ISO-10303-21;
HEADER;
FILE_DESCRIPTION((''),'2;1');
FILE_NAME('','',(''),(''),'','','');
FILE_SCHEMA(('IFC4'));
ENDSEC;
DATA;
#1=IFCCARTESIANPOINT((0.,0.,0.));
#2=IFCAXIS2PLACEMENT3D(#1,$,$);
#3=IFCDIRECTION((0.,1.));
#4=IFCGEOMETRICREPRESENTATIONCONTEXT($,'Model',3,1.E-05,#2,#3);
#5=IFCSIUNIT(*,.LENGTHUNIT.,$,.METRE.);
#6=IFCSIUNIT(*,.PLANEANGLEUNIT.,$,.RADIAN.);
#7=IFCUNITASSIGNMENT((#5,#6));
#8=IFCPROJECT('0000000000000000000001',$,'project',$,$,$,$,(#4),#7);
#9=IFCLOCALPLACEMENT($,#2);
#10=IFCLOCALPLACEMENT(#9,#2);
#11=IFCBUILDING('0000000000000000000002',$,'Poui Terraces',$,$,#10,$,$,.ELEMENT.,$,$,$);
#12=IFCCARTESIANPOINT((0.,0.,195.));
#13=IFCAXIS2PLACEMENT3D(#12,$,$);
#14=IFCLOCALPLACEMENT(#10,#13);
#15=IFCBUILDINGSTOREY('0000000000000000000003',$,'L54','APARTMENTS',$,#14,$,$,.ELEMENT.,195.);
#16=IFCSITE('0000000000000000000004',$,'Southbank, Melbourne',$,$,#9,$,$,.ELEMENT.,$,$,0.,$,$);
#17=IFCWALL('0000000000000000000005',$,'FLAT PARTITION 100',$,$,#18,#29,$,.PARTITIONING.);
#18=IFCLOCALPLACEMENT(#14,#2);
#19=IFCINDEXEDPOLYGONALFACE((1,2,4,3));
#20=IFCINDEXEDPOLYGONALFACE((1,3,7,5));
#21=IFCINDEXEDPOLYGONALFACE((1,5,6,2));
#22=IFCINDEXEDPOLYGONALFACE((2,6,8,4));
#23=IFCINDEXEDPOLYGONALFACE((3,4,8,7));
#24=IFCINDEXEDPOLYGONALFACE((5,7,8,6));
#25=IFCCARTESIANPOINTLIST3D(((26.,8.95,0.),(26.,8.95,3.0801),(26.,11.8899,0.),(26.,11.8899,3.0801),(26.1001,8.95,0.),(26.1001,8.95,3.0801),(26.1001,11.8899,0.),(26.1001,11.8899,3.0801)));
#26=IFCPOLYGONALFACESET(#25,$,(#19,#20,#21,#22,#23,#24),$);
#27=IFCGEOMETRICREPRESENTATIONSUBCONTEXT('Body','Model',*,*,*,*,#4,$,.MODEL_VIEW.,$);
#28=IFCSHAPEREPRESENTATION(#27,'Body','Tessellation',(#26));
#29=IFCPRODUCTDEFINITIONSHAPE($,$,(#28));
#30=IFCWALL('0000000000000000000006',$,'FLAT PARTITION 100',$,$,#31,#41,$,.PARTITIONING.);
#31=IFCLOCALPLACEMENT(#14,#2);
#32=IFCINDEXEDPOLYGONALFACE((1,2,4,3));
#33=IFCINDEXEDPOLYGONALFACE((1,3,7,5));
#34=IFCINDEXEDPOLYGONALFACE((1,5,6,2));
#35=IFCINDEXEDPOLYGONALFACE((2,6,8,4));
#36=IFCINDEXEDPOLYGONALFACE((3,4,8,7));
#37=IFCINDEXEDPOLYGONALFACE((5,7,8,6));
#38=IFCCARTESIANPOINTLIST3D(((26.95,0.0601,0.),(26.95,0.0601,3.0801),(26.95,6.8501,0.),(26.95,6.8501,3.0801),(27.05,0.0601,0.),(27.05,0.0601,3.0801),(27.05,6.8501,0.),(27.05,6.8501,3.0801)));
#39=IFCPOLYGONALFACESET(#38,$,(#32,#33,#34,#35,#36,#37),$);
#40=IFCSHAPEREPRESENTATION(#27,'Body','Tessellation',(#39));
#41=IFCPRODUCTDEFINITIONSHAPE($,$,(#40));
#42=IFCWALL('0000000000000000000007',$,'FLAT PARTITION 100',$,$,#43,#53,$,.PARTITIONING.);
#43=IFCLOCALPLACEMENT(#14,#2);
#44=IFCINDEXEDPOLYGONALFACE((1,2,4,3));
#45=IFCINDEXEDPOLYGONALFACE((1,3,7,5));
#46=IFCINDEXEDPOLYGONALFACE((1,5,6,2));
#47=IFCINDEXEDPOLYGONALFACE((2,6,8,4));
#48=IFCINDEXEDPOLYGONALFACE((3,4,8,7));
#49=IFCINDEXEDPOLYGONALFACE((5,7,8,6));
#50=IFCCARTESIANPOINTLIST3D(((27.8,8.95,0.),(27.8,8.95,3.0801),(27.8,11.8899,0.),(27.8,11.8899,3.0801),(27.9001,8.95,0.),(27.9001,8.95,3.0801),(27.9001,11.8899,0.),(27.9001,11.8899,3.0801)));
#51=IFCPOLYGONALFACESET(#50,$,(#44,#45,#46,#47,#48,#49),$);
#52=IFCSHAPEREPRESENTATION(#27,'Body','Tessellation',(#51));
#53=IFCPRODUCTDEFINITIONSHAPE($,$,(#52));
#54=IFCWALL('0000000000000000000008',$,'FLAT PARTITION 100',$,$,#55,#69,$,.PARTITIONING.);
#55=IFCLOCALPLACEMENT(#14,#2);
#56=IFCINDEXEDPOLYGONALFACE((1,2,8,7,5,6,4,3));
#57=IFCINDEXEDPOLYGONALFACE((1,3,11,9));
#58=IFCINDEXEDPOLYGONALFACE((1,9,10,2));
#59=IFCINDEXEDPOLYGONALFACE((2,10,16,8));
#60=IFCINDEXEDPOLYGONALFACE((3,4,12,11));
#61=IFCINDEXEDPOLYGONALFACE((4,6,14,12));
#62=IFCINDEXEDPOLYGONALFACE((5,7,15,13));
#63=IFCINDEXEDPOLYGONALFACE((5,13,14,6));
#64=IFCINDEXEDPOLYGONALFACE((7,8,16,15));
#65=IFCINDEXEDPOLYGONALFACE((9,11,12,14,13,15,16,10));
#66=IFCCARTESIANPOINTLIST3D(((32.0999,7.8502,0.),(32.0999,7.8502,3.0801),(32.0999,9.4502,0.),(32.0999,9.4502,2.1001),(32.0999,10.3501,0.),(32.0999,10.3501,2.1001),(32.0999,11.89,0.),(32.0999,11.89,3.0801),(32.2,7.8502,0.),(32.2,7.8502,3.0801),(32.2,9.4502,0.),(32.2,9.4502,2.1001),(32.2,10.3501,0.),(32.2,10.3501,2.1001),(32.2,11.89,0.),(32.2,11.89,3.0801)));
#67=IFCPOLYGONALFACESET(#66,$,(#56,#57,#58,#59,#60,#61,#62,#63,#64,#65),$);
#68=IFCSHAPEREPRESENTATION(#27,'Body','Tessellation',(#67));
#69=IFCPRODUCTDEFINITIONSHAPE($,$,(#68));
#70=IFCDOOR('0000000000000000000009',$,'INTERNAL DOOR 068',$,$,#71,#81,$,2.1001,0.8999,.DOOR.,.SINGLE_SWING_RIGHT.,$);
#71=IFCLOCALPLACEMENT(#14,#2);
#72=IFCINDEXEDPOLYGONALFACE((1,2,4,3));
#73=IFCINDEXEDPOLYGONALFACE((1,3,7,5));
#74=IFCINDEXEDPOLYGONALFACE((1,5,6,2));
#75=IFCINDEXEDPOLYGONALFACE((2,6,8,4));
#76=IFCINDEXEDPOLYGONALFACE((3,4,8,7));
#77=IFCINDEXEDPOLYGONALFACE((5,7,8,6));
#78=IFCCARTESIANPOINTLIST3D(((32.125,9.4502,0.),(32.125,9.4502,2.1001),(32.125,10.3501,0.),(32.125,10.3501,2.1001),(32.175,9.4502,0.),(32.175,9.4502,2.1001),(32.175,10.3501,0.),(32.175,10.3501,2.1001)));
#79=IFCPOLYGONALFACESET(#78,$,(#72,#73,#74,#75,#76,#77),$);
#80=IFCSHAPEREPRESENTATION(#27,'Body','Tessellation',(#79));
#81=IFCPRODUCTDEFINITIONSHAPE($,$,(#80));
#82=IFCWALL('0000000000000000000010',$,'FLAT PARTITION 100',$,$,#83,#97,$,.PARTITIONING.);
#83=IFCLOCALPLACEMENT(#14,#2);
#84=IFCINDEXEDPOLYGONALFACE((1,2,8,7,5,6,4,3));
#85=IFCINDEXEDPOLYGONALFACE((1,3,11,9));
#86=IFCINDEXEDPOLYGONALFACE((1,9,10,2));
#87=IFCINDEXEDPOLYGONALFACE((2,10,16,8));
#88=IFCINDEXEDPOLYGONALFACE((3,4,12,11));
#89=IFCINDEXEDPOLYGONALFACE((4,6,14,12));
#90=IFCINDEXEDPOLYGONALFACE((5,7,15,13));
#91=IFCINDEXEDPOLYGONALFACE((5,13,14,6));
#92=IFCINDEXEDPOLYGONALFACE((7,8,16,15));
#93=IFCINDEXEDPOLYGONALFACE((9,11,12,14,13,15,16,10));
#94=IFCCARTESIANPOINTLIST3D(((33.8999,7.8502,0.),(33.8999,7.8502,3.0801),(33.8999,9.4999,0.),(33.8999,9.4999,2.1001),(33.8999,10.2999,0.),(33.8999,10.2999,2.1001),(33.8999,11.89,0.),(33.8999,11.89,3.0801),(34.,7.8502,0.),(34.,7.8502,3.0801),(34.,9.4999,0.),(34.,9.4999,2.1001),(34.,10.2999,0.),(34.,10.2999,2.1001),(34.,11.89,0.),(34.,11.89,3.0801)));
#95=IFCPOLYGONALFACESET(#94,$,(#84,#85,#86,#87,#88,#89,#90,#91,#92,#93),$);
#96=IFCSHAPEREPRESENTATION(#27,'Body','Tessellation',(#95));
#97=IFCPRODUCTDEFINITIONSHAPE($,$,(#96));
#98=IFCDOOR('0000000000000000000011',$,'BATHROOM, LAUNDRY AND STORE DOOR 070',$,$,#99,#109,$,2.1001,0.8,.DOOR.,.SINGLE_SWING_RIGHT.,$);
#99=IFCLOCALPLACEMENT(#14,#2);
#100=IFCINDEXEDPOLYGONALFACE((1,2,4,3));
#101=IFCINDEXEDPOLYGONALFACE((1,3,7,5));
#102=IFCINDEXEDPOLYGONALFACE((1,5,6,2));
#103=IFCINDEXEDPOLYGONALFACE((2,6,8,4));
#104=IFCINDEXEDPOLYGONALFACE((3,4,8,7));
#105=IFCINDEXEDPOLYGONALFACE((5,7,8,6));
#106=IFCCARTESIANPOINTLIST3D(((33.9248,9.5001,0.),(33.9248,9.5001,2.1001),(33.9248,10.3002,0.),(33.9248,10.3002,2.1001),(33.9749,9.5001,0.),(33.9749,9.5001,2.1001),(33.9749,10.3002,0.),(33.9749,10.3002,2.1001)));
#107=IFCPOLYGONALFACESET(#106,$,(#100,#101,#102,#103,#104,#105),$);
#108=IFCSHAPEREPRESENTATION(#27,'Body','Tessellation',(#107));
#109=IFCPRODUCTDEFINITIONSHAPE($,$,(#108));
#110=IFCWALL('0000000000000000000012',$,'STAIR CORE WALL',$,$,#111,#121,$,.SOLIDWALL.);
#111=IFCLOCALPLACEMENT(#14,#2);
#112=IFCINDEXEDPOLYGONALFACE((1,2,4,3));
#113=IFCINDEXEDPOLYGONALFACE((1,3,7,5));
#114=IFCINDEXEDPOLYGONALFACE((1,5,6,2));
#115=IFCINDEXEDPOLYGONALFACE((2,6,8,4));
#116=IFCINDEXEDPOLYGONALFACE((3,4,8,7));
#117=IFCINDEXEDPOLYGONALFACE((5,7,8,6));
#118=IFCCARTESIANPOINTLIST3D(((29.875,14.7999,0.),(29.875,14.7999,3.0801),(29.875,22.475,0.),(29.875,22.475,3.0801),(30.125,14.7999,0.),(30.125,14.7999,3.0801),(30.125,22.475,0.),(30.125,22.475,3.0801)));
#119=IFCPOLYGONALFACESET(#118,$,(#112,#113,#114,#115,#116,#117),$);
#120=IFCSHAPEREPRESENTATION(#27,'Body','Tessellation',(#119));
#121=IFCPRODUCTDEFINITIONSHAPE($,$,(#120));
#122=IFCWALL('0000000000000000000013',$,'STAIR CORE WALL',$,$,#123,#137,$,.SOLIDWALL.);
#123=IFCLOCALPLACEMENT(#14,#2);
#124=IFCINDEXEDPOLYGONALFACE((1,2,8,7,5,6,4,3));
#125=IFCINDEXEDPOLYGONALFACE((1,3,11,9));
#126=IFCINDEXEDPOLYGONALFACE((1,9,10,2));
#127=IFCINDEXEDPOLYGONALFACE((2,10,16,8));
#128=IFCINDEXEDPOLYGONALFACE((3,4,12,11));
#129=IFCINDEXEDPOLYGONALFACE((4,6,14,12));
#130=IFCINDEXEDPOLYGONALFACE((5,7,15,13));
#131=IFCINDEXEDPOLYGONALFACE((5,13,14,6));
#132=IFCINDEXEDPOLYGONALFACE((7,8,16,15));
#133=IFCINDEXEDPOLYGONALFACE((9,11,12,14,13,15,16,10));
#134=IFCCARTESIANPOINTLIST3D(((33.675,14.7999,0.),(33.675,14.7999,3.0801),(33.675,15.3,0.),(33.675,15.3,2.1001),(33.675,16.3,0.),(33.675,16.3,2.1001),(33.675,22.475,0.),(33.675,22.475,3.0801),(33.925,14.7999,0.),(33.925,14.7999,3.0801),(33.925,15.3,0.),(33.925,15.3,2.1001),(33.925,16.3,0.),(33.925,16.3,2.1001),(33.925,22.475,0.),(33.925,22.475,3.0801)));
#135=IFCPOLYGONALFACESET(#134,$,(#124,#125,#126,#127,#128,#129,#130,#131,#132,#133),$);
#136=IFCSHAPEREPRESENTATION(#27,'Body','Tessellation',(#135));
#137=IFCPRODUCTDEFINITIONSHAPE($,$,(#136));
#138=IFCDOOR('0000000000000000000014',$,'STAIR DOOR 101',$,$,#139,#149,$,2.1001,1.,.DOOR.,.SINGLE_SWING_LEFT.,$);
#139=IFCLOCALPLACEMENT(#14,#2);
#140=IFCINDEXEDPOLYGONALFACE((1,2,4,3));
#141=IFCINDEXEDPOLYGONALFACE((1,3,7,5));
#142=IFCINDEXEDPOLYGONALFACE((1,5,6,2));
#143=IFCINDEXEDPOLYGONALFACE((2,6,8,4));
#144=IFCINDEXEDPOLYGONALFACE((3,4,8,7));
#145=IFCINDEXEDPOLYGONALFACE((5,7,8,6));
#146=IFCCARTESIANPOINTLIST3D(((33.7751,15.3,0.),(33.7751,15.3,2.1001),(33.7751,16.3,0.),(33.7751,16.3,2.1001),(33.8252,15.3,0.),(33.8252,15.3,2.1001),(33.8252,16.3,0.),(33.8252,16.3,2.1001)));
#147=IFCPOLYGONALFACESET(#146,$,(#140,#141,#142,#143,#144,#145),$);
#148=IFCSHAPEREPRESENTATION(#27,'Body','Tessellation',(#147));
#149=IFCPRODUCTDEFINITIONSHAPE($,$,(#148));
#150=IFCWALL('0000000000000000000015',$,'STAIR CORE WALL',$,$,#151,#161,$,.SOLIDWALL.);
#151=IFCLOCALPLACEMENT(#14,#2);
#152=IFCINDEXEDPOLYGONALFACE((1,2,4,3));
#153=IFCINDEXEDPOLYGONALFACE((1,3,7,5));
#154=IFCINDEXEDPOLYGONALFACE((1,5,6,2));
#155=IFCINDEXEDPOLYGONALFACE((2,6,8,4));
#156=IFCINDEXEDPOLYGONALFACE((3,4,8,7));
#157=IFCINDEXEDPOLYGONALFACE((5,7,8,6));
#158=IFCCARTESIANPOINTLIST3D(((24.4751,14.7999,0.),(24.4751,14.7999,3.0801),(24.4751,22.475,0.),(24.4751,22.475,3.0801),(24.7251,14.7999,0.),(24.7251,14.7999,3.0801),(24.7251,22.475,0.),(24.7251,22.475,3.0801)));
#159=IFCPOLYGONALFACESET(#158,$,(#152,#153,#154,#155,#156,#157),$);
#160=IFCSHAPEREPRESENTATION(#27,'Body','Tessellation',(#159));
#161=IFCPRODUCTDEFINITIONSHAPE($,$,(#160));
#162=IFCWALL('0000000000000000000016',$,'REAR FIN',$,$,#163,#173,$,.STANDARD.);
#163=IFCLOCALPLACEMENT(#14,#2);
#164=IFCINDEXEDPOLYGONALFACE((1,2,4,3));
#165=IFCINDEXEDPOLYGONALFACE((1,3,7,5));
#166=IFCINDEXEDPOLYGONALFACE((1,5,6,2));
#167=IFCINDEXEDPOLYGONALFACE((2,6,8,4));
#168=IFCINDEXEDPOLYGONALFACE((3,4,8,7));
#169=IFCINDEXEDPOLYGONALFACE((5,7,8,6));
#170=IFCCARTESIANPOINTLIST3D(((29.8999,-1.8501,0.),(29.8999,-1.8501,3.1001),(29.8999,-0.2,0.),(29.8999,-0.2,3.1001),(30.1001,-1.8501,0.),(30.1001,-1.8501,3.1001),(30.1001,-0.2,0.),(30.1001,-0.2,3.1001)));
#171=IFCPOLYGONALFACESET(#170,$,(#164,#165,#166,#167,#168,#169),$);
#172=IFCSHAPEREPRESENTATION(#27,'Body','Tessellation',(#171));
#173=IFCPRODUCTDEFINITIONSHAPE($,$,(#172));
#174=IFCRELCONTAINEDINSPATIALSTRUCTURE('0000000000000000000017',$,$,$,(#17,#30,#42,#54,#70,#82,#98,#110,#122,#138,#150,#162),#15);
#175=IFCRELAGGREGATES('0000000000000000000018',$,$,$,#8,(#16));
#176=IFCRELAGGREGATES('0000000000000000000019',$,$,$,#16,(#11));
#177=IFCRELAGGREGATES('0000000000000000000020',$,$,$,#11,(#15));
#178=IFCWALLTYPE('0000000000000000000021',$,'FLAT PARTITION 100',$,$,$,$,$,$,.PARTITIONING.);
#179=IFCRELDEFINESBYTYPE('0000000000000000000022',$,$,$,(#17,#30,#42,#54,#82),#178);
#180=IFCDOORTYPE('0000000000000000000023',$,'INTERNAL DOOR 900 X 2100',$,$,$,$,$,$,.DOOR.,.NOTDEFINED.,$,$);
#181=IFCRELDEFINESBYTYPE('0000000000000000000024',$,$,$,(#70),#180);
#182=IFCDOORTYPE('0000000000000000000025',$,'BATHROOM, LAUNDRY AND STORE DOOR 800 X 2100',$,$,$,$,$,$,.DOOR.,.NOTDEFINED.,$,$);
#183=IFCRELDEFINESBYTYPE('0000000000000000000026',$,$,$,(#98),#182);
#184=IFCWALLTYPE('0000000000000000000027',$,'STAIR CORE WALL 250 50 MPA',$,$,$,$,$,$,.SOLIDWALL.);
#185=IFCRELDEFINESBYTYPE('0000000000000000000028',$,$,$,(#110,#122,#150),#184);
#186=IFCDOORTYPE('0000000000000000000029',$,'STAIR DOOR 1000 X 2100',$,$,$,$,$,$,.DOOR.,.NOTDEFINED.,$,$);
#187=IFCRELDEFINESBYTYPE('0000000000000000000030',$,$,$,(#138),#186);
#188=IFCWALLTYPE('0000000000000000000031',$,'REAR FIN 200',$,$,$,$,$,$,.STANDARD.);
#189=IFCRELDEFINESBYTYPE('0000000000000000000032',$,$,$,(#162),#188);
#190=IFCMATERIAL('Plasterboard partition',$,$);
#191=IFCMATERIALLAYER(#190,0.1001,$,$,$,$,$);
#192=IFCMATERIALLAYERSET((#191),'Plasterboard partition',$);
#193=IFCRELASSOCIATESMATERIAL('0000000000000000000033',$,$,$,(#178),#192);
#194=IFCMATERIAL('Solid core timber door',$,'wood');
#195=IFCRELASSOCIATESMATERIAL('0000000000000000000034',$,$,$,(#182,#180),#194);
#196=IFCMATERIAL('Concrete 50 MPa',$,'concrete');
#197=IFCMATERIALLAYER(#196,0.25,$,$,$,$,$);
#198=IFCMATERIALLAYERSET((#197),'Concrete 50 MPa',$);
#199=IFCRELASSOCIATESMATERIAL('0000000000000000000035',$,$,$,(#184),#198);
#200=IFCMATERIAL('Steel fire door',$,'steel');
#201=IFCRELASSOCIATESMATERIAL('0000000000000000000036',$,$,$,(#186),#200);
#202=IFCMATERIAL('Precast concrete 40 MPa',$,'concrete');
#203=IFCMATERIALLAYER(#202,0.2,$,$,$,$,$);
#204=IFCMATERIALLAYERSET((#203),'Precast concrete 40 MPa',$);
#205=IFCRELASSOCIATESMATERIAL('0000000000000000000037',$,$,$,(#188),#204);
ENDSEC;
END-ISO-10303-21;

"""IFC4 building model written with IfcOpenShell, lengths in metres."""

from ifc_helpers import new_model, si_unit, direction, frame, frame_2d, origin, place, context, subcontext, project, spatial, polyline, rectangle, outline, extrude, source, transform, mapped, material, layer, layer_set, type_object, element, fill, save


model = new_model("IFC4")

# Units and contexts
model_context = context("Model", 3, precision=1e-05, world=origin(), true_north=direction((0.0, 1.0)))
body_context = subcontext(model_context, "Body", "Model", "MODEL_VIEW")
ifc_project = project(units=[si_unit("LENGTHUNIT", "METRE"), si_unit("PLANEANGLEUNIT", "RADIAN")], contexts=[model_context])

# Site, building, storey
site_placement = place(None, origin())
site = spatial("IfcSite", under=ifc_project, at=site_placement, Name="Southbank, Melbourne", CompositionType="ELEMENT", RefElevation=0.0)
building_placement = place(site_placement, origin())
building = spatial("IfcBuilding", under=site, at=building_placement, Name="Poui Terraces", CompositionType="ELEMENT")
storey_placement = place(building_placement, frame((0.0, 0.0, 195.0)))
storey = spatial("IfcBuildingStorey", under=building, at=storey_placement, Name="L54", Description="APARTMENTS", CompositionType="ELEMENT", Elevation=195.0)

# Shared definitions
ifc_material_1 = material(Name="Concrete 50 MPa", Category="concrete")

# Shared definitions
ifc_material_2 = material(Name="Precast concrete 40 MPa", Category="concrete")

# Shared definitions
ifc_material_3 = material(Name="Steel fire door", Category="steel")

# Shared definitions
ifc_material_4 = material(Name="Plasterboard partition")
ifc_layer_1 = layer(ifc_material_4, 0.1001)
ifc_layer_set_1 = layer_set([ifc_layer_1], Name="Plasterboard partition")
wall_type_1 = type_object("IfcWallType", Name="FLAT PARTITION 100", PredefinedType="PARTITIONING", material=ifc_layer_set_1)

# Shared definitions
ifc_material_5 = material(Name="Solid core timber door", Category="wood")
door_type_1 = type_object("IfcDoorType", Name="BATHROOM, LAUNDRY AND STORE DOOR 800 X 2100", OperationType="NOTDEFINED", PredefinedType="DOOR", material=ifc_material_5)
door_type_2 = type_object("IfcDoorType", Name="INTERNAL DOOR 900 X 2100", OperationType="NOTDEFINED", PredefinedType="DOOR", material=ifc_material_5)

# Walls
wall_1_placement = place(storey_placement, frame((26.05, 8.95, 0.0), z_axis=(0.0, 0.0, 1.0), x_axis=(0.0, 1.0, 0.0)))
element("IfcWall", 1, at=wall_1_placement, inside=storey, type_object=wall_type_1, Name="FLAT PARTITION 100", PredefinedType="PARTITIONING", context=body_context, shape_type="SweptSolid", body=[
    extrude(rectangle(XDim=2.9399, YDim=0.1001, at=frame_2d((1.47, 0.0))), origin(), (0.0, 0.0, 1.0), 3.0801),
])
wall_2_placement = place(storey_placement, frame((27.0, 0.0601, 0.0), z_axis=(0.0, 0.0, 1.0), x_axis=(0.0, 1.0, 0.0)))
element("IfcWall", 2, at=wall_2_placement, inside=storey, type_object=wall_type_1, Name="FLAT PARTITION 100", PredefinedType="PARTITIONING", context=body_context, shape_type="SweptSolid", body=[
    extrude(rectangle(XDim=6.79, YDim=0.1001, at=frame_2d((3.395, 0.0))), origin(), (0.0, 0.0, 1.0), 3.0801),
])
wall_3_placement = place(storey_placement, frame((27.8501, 8.95, 0.0), z_axis=(0.0, 0.0, 1.0), x_axis=(0.0, 1.0, 0.0)))
element("IfcWall", 3, at=wall_3_placement, inside=storey, type_object=wall_type_1, Name="FLAT PARTITION 100", PredefinedType="PARTITIONING", context=body_context, shape_type="SweptSolid", body=[
    extrude(rectangle(XDim=2.9399, YDim=0.1001, at=frame_2d((1.47, 0.0))), origin(), (0.0, 0.0, 1.0), 3.0801),
])

# Walls, openings, doors
wall_4_placement = place(storey_placement, frame((32.1499, 7.8501, 0.0), z_axis=(0.0, 0.0, 1.0), x_axis=(0.0, 1.0, 0.0)))
wall_4 = element("IfcWall", 4, at=wall_4_placement, inside=storey, type_object=wall_type_1, Name="FLAT PARTITION 100", PredefinedType="PARTITIONING", context=body_context, shape_type="SweptSolid", body=[
    extrude(rectangle(XDim=4.0398, YDim=0.1001, at=frame_2d((2.02, 0.0))), origin(), (0.0, 0.0, 1.0), 3.0801),
])
opening_1_placement = place(wall_4_placement, frame((1.6001, 0.0, 0.0)))
opening_1 = element("IfcOpeningElement", 5, at=opening_1_placement, cuts=wall_4, PredefinedType="OPENING", context=body_context, shape_type="SweptSolid", body=[
    extrude(rectangle(XDim=0.8999, YDim=2.1001, at=frame_2d((0.45, 1.05))), frame((0.0, 0.0601, 0.0), z_axis=(0.0, -1.0, 0.0), x_axis=(1.0, 0.0, 0.0)), (0.0, 0.0, 1.0), 0.1201),
])
door_1_placement = place(opening_1_placement, origin())
door_1 = element("IfcDoor", 6, at=door_1_placement, inside=storey, type_object=door_type_2, Name="INTERNAL DOOR 068", OperationType="SINGLE_SWING_RIGHT", OverallHeight=2.1001, OverallWidth=0.8999, PredefinedType="DOOR", context=body_context, shape_type="SweptSolid", body=[
    extrude(rectangle(XDim=0.8999, YDim=2.1001, at=frame_2d((0.45, 1.05))), frame((0.0, 0.0249, 0.0), z_axis=(0.0, -1.0, 0.0), x_axis=(1.0, 0.0, 0.0)), (0.0, 0.0, 1.0), 0.05),
])
fill(opening_1, door_1)
wall_5_placement = place(storey_placement, frame((33.95, 7.8501, 0.0), z_axis=(0.0, 0.0, 1.0), x_axis=(0.0, 1.0, 0.0)))
wall_5 = element("IfcWall", 7, at=wall_5_placement, inside=storey, type_object=wall_type_1, Name="FLAT PARTITION 100", PredefinedType="PARTITIONING", context=body_context, shape_type="SweptSolid", body=[
    extrude(rectangle(XDim=4.0398, YDim=0.1001, at=frame_2d((2.02, 0.0))), origin(), (0.0, 0.0, 1.0), 3.0801),
])
opening_2_placement = place(wall_5_placement, frame((1.6499, 0.0, 0.0)))
opening_2 = element("IfcOpeningElement", 8, at=opening_2_placement, cuts=wall_5, PredefinedType="OPENING", context=body_context, shape_type="SweptSolid", body=[
    extrude(rectangle(XDim=0.8, YDim=2.1001, at=frame_2d((0.3999, 1.05))), frame((0.0, 0.0601, 0.0), z_axis=(0.0, -1.0, 0.0), x_axis=(1.0, 0.0, 0.0)), (0.0, 0.0, 1.0), 0.1201),
])
door_2_placement = place(opening_2_placement, frame((0.8, 0.0, 0.0), z_axis=(0.0, 0.0, 1.0), x_axis=(-1.0, 0.0, 0.0)))
door_2 = element("IfcDoor", 9, at=door_2_placement, inside=storey, type_object=door_type_1, Name="BATHROOM, LAUNDRY AND STORE DOOR 070", OperationType="SINGLE_SWING_RIGHT", OverallHeight=2.1001, OverallWidth=0.8, PredefinedType="DOOR", context=body_context, shape_type="SweptSolid", body=[
    extrude(rectangle(XDim=0.8, YDim=2.1001, at=frame_2d((0.3999, 1.05))), frame((0.0, 0.0249, 0.0), z_axis=(0.0, -1.0, 0.0), x_axis=(1.0, 0.0, 0.0)), (0.0, 0.0, 1.0), 0.05),
])
fill(opening_2, door_2)

# Wall
ifc_layer_2 = layer(ifc_material_1, 0.25)
ifc_layer_set_2 = layer_set([ifc_layer_2], Name="Concrete 50 MPa")
wall_type_2 = type_object("IfcWallType", Name="STAIR CORE WALL 250 50 MPA", PredefinedType="SOLIDWALL", material=ifc_layer_set_2)
wall_6_placement = place(storey_placement, frame((30.0, 14.8, 0.0), z_axis=(0.0, 0.0, 1.0), x_axis=(0.0, 1.0, 0.0)))
element("IfcWall", 10, at=wall_6_placement, inside=storey, type_object=wall_type_2, Name="STAIR CORE WALL", PredefinedType="SOLIDWALL", context=body_context, shape_type="SweptSolid", body=[
    extrude(rectangle(XDim=7.675, YDim=0.25, at=frame_2d((3.8374, 0.0))), origin(), (0.0, 0.0, 1.0), 3.0801),
])

# Wall, opening, door
wall_7_placement = place(storey_placement, frame((33.8, 14.8, 0.0), z_axis=(0.0, 0.0, 1.0), x_axis=(0.0, 1.0, 0.0)))
wall_7 = element("IfcWall", 11, at=wall_7_placement, inside=storey, type_object=wall_type_2, Name="STAIR CORE WALL", PredefinedType="SOLIDWALL", context=body_context, shape_type="SweptSolid", body=[
    extrude(rectangle(XDim=7.675, YDim=0.25, at=frame_2d((3.8374, 0.0))), origin(), (0.0, 0.0, 1.0), 3.0801),
])
opening_3_placement = place(wall_7_placement, frame((0.5, 0.0, 0.0)))
opening_3 = element("IfcOpeningElement", 12, at=opening_3_placement, cuts=wall_7, PredefinedType="OPENING", context=body_context, shape_type="SweptSolid", body=[
    extrude(rectangle(XDim=1.0, YDim=2.1001, at=frame_2d((0.5, 1.05))), frame((0.0, 0.135, 0.0), z_axis=(0.0, -1.0, 0.0), x_axis=(1.0, 0.0, 0.0)), (0.0, 0.0, 1.0), 0.27),
])
door_type_3 = type_object("IfcDoorType", Name="STAIR DOOR 1000 X 2100", OperationType="NOTDEFINED", PredefinedType="DOOR", material=ifc_material_3)
door_3_placement = place(opening_3_placement, origin())
door_3 = element("IfcDoor", 13, at=door_3_placement, inside=storey, type_object=door_type_3, Name="STAIR DOOR 101", OperationType="SINGLE_SWING_LEFT", OverallHeight=2.1001, OverallWidth=1.0, PredefinedType="DOOR", context=body_context, shape_type="SweptSolid", body=[
    extrude(rectangle(XDim=1.0, YDim=2.1001, at=frame_2d((0.5, 1.05))), frame((0.0, 0.0249, 0.0), z_axis=(0.0, -1.0, 0.0), x_axis=(1.0, 0.0, 0.0)), (0.0, 0.0, 1.0), 0.05),
])
fill(opening_3, door_3)

# Walls
wall_8_placement = place(storey_placement, frame((24.6001, 14.8, 0.0), z_axis=(0.0, 0.0, 1.0), x_axis=(0.0, 1.0, 0.0)))
element("IfcWall", 14, at=wall_8_placement, inside=storey, type_object=wall_type_2, Name="STAIR CORE WALL", PredefinedType="SOLIDWALL", context=body_context, shape_type="SweptSolid", body=[
    extrude(rectangle(XDim=7.675, YDim=0.25, at=frame_2d((3.8374, 0.0))), origin(), (0.0, 0.0, 1.0), 3.0801),
])
ifc_layer_3 = layer(ifc_material_2, 0.2)
ifc_layer_set_3 = layer_set([ifc_layer_3], Name="Precast concrete 40 MPa")
wall_type_3 = type_object("IfcWallType", Name="REAR FIN 200", PredefinedType="STANDARD", material=ifc_layer_set_3)
shared_shape_1 = source(origin(), body_context, "Body", "SweptSolid", [
    extrude(outline(polyline([(0.0, 0.0), (0.2002, 0.0), (0.2002, 1.6501), (0.0, 1.6501), (0.0, 0.0)])), origin(), (0.0, 0.0, 1.0), 3.1001),
])
for number, where, name in (
    (15, (29.8999, -1.8501, 0.0), "REAR FIN"),
):
    element("IfcWall", number, at=place(storey_placement, frame(where)), inside=storey, type_object=wall_type_3, Name=name, PredefinedType="STANDARD", context=body_context, shape_type="MappedRepresentation", body=[
        mapped(shared_shape_1, transform((0.0, 0.0, 0.0))),
    ])

save(model, "model.ifc")
